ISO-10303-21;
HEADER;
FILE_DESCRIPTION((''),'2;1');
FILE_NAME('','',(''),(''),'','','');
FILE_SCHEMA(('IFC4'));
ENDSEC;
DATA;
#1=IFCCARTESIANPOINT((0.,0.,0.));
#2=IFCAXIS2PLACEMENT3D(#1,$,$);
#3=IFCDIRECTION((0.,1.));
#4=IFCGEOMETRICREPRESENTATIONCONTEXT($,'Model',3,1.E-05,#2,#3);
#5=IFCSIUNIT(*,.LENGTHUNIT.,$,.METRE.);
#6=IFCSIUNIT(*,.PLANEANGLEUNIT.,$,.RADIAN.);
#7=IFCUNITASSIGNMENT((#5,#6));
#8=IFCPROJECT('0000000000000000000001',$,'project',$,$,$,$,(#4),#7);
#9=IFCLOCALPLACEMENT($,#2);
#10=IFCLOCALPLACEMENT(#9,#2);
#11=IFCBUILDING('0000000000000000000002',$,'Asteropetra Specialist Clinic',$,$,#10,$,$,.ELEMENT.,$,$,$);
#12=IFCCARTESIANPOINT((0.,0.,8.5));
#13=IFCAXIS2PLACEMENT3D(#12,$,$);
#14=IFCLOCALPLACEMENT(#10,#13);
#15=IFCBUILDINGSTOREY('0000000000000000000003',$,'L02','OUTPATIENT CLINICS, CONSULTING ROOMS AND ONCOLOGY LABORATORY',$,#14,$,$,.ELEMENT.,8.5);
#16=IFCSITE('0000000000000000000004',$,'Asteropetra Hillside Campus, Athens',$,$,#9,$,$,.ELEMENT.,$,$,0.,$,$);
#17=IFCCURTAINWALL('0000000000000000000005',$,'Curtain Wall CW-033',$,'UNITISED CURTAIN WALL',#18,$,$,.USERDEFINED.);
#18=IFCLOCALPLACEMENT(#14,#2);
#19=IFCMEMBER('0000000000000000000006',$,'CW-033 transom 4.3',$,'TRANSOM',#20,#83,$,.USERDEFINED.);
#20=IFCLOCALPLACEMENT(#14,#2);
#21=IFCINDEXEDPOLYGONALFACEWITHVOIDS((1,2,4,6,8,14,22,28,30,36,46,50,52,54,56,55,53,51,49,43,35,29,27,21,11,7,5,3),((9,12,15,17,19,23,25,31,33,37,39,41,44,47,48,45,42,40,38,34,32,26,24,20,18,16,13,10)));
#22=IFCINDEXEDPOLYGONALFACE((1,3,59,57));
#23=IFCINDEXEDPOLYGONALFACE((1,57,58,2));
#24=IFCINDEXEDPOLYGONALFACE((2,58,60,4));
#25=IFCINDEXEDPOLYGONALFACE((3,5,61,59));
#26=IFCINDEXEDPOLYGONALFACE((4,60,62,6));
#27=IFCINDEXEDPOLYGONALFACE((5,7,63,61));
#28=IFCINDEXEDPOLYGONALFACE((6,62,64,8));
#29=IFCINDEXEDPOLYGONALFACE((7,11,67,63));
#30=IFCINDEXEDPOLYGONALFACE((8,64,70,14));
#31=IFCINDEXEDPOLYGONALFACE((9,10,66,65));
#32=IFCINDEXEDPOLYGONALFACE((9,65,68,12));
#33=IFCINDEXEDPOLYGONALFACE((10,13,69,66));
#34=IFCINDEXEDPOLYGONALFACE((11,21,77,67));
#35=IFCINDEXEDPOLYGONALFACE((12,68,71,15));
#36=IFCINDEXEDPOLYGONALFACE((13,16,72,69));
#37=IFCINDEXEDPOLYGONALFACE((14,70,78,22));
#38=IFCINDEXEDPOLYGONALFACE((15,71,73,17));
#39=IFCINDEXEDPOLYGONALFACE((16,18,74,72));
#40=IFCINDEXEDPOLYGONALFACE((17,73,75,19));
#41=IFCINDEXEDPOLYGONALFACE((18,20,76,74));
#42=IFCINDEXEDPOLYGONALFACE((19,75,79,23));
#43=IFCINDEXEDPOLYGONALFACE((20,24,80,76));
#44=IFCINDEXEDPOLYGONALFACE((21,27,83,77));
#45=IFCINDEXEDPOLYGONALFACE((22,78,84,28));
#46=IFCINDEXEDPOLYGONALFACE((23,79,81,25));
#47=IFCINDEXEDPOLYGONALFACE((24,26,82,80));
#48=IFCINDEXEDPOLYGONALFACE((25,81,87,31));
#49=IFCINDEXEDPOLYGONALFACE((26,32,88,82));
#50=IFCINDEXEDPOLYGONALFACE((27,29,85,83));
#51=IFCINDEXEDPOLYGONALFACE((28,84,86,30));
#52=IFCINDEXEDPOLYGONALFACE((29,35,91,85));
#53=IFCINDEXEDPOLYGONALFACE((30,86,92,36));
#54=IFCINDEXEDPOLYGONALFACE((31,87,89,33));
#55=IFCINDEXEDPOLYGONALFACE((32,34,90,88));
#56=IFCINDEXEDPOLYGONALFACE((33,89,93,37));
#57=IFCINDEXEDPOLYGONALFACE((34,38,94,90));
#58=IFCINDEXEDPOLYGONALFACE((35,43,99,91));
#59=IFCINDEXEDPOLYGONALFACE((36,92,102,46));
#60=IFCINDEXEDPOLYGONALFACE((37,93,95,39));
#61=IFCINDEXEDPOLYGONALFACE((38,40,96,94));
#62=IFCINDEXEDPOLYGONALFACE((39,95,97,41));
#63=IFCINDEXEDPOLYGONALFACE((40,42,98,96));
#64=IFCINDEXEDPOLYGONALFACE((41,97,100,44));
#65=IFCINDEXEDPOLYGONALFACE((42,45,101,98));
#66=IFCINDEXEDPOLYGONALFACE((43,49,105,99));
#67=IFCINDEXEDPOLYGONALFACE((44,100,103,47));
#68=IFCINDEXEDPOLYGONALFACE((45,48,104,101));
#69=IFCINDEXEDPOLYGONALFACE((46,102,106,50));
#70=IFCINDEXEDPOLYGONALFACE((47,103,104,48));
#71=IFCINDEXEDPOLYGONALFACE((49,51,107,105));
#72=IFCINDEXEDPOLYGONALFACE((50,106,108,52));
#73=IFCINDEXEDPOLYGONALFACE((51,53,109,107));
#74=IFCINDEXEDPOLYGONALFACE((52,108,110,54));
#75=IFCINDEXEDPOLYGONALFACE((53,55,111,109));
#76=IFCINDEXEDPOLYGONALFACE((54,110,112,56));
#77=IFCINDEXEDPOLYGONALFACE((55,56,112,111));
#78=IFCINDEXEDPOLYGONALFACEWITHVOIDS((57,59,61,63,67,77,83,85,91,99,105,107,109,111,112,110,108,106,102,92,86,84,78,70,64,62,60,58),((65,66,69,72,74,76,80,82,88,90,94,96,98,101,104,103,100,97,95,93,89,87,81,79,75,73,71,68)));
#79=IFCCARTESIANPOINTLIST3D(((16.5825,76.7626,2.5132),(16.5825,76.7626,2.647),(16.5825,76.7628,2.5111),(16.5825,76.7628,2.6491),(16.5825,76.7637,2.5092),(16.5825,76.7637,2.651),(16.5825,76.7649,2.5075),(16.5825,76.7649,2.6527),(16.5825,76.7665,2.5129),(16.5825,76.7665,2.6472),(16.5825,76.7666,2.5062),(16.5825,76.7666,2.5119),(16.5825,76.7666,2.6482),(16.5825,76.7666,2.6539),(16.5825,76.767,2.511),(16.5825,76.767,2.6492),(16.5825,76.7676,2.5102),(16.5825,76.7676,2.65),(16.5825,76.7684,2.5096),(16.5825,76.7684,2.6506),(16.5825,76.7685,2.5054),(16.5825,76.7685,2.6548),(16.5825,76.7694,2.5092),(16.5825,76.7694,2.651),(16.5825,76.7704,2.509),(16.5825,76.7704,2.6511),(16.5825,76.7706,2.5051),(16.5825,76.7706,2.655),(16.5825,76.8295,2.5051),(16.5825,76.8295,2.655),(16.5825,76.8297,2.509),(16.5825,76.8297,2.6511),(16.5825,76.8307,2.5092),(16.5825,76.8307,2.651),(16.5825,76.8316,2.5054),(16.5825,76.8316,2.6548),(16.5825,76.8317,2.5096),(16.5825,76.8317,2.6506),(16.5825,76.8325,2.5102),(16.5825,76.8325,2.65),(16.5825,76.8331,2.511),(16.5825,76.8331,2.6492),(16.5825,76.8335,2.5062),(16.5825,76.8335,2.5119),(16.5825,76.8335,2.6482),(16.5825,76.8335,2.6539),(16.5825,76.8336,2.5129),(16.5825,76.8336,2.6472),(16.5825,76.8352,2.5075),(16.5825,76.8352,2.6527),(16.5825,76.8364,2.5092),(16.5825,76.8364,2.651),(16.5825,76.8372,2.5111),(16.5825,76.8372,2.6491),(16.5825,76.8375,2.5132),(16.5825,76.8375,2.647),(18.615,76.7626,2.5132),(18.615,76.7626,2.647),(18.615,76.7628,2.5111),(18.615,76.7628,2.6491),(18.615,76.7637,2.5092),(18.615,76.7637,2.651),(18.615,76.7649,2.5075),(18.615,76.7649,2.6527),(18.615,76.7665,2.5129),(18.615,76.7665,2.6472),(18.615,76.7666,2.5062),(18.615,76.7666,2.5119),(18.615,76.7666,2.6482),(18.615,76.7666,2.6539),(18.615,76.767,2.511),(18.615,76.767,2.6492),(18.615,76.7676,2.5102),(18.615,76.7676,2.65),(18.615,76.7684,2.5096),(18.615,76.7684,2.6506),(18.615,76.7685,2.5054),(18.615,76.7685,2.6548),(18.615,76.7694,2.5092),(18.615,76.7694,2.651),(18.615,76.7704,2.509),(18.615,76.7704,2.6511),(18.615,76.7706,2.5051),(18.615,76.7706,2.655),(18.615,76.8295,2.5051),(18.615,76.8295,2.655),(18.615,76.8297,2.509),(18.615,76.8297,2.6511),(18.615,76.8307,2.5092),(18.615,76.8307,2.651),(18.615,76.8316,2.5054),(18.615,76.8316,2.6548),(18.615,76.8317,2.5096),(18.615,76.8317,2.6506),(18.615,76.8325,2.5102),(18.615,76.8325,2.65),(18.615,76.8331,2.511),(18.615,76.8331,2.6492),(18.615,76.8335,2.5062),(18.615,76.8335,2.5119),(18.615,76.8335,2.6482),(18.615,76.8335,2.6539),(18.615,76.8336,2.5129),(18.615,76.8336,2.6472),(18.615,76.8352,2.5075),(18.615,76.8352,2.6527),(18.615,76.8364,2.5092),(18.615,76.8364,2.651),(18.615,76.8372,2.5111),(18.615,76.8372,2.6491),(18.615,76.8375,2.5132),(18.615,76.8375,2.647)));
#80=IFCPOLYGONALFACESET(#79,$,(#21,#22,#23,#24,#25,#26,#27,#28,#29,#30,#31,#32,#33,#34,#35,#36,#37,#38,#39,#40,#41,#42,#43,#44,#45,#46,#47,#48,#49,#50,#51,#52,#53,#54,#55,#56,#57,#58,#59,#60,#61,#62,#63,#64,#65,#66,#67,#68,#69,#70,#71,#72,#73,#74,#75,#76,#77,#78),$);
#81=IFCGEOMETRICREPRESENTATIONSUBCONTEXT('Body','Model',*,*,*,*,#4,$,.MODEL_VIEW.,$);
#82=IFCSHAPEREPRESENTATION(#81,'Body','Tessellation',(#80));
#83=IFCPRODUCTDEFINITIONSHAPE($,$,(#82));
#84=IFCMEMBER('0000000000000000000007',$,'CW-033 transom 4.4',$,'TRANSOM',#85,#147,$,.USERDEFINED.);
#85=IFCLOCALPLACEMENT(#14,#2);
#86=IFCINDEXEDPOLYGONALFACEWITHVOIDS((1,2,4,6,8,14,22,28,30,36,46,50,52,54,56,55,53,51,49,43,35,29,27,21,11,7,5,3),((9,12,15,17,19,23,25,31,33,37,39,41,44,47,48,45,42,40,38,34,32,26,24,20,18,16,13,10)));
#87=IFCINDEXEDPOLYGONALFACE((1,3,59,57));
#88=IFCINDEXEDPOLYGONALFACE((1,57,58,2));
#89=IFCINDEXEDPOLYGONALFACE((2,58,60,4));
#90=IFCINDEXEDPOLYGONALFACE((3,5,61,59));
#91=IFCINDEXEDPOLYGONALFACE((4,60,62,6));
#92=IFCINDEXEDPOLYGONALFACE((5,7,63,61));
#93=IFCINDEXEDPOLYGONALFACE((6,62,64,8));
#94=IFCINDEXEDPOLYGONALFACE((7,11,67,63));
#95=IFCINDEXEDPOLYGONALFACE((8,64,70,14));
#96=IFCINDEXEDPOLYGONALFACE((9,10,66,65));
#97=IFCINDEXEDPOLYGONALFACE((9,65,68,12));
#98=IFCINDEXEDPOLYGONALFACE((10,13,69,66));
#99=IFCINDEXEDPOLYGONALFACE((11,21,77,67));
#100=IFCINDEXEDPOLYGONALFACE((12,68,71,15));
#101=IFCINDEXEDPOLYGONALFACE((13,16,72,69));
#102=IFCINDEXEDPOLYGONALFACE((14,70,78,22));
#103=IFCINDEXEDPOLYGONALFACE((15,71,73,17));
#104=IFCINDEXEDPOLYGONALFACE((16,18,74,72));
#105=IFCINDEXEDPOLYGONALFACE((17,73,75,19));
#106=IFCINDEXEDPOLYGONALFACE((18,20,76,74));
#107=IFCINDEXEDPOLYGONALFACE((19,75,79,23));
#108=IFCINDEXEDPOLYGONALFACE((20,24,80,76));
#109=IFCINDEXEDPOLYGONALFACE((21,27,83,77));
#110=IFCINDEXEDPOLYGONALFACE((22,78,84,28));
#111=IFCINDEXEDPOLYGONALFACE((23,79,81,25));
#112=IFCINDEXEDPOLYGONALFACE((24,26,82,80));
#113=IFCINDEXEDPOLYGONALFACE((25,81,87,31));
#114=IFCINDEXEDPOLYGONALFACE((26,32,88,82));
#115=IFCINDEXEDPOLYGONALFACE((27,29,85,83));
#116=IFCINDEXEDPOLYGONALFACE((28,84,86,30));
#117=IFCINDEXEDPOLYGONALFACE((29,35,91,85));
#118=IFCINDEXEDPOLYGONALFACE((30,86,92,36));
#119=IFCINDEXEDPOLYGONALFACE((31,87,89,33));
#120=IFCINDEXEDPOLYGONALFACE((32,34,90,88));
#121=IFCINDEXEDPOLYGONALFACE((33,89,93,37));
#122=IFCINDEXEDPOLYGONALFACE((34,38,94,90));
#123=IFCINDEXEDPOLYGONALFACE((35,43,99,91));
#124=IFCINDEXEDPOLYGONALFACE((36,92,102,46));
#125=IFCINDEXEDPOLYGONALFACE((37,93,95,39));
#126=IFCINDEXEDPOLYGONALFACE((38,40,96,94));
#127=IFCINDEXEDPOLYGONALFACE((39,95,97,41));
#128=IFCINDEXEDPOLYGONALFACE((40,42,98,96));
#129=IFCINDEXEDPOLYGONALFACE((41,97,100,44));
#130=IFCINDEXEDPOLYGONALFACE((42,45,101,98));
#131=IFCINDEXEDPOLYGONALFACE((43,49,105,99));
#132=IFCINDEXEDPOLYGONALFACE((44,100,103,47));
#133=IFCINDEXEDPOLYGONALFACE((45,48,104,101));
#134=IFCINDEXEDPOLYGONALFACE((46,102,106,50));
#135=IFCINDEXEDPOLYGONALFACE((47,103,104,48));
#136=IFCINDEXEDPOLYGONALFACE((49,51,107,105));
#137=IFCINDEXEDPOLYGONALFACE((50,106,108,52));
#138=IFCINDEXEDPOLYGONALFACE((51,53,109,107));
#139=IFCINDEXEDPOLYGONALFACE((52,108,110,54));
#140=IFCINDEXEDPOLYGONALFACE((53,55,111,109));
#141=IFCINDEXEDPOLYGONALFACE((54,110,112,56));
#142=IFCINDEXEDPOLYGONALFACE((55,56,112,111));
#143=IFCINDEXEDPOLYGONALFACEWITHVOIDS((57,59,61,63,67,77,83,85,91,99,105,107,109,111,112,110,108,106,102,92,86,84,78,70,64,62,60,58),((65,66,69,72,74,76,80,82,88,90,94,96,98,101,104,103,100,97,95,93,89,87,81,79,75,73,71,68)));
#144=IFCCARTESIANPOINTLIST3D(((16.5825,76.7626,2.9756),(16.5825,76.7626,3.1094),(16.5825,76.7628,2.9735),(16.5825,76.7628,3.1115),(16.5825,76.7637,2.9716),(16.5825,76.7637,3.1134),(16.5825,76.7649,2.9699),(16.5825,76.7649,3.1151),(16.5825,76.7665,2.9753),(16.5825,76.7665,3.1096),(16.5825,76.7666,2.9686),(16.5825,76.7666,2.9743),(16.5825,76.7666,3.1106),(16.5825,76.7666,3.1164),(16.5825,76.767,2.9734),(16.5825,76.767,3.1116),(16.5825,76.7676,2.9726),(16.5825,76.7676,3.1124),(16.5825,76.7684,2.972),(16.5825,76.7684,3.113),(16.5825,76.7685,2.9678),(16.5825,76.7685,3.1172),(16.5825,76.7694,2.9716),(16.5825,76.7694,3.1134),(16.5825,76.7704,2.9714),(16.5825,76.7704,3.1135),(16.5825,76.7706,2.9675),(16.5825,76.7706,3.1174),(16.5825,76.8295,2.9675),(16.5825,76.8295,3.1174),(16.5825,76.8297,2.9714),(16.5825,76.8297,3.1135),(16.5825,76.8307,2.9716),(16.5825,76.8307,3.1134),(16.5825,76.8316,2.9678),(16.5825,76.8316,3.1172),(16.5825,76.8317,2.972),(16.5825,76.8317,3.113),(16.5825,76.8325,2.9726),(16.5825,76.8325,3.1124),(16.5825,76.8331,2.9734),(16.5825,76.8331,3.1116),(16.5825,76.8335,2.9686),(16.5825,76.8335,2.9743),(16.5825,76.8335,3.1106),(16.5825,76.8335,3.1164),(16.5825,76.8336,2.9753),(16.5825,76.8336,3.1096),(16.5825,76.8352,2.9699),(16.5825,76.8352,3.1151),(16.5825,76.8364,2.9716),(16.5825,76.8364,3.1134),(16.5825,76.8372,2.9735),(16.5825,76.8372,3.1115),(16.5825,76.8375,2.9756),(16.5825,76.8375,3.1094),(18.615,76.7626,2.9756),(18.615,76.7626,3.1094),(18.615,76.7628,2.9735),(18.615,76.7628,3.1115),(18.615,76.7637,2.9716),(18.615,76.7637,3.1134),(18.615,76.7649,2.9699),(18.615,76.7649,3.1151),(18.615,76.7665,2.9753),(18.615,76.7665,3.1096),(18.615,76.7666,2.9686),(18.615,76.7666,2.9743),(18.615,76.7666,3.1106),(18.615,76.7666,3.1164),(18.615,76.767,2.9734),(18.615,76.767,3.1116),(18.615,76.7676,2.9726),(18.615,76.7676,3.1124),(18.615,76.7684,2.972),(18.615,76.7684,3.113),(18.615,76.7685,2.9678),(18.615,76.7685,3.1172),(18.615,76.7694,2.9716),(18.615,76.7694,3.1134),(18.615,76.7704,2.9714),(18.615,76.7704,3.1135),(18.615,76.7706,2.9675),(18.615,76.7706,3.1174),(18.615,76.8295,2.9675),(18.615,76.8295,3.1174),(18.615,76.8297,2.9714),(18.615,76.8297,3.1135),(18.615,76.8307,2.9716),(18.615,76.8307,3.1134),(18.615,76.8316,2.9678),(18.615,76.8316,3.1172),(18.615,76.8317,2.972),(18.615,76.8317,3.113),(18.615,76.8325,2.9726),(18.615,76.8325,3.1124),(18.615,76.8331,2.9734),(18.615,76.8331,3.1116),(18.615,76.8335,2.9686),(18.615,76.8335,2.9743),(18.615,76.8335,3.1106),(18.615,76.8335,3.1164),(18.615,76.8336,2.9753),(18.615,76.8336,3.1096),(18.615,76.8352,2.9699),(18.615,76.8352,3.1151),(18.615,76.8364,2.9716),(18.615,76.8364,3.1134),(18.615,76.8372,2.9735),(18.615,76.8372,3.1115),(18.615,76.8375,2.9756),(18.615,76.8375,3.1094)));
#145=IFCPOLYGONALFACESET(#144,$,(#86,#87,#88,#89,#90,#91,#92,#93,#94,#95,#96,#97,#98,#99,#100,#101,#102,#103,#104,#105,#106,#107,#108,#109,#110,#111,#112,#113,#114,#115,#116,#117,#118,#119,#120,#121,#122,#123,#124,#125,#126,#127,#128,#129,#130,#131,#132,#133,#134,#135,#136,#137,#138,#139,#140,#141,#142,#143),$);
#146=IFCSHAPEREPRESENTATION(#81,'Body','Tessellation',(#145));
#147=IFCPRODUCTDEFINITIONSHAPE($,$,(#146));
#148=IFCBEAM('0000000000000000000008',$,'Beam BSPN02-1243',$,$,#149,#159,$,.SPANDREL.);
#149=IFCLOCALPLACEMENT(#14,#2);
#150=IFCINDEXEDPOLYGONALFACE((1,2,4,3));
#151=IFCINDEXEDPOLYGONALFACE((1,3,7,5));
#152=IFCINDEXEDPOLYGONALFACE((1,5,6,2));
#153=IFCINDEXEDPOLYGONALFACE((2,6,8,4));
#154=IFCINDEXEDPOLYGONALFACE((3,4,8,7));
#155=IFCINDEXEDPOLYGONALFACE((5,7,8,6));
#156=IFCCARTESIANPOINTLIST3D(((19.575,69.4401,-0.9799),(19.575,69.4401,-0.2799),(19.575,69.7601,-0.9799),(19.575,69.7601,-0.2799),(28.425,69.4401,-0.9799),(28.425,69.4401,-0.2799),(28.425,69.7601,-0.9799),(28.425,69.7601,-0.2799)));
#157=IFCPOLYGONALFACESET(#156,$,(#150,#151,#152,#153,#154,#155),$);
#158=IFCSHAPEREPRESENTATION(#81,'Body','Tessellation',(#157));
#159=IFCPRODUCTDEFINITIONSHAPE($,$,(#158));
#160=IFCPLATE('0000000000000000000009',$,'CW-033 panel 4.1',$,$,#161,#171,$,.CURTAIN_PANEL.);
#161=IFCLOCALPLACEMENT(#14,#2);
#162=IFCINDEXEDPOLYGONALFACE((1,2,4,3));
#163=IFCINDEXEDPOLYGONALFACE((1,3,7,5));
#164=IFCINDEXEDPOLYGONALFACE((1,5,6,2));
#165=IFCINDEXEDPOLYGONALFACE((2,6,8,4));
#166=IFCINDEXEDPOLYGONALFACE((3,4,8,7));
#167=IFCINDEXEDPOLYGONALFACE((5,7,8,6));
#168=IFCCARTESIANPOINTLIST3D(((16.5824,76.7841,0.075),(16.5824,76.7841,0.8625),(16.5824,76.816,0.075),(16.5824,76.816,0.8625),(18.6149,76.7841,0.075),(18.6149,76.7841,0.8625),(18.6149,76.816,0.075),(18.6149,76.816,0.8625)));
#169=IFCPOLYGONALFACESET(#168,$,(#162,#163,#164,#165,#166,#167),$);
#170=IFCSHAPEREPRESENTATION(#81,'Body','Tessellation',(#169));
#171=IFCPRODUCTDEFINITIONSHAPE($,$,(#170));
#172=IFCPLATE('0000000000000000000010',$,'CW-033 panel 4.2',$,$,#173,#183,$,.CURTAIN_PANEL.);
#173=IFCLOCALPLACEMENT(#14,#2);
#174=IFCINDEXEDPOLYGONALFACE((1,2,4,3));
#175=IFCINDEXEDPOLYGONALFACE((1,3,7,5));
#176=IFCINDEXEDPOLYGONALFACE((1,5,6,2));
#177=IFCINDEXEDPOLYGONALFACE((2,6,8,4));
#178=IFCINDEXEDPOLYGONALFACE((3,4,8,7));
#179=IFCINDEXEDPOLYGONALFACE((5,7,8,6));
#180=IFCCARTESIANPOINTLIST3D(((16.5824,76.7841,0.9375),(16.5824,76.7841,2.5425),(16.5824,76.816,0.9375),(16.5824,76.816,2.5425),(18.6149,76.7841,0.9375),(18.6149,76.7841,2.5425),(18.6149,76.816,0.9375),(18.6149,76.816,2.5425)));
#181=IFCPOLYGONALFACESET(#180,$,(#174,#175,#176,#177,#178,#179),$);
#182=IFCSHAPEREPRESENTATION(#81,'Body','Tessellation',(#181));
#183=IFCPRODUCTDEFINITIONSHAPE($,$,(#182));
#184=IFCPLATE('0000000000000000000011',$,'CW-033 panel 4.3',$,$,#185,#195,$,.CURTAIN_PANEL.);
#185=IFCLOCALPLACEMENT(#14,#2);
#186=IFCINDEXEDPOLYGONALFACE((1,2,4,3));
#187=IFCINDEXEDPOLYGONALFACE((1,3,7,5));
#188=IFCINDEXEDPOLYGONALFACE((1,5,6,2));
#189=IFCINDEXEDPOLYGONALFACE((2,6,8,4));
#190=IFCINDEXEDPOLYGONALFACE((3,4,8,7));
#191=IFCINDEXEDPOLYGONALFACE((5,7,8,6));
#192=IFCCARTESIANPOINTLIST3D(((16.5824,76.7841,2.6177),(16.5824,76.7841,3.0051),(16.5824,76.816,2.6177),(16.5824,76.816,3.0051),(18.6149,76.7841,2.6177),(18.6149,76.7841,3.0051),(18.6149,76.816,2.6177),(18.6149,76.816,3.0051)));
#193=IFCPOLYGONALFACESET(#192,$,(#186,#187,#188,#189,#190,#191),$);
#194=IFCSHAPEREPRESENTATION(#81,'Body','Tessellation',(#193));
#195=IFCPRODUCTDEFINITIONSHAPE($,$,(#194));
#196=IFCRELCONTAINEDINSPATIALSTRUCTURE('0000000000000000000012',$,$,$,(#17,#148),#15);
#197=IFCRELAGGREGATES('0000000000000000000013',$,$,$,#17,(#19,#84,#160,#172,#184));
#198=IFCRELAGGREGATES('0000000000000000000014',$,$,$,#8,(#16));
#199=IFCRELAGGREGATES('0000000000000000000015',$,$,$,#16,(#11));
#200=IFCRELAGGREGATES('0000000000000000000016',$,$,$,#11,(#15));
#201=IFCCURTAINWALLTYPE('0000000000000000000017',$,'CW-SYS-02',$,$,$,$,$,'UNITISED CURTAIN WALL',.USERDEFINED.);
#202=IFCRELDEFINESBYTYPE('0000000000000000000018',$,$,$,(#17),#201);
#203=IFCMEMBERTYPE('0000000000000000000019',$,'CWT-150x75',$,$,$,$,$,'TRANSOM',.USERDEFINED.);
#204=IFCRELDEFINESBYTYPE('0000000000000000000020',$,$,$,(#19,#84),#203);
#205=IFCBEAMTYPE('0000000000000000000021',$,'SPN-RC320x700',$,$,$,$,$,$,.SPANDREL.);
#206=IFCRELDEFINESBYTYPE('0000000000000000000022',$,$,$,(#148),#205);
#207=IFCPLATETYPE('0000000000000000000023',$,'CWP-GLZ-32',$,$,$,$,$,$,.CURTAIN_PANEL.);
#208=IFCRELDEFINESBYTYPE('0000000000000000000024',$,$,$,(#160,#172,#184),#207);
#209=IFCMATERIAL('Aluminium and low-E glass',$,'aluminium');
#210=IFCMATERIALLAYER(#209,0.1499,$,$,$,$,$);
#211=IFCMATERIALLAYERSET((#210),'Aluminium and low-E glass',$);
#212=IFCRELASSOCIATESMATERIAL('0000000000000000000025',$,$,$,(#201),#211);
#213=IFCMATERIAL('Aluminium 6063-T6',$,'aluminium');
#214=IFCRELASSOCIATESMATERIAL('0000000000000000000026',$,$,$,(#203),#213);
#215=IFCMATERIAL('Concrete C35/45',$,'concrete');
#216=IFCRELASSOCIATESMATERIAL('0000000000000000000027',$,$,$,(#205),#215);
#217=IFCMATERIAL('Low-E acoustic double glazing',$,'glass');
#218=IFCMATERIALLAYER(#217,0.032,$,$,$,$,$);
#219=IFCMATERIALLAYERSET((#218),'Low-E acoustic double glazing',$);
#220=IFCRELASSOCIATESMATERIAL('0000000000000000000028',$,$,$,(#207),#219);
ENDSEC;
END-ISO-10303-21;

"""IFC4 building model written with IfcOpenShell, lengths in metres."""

from ifc_helpers import new_model, si_unit, direction, frame, origin, origin_2d, place, context, subcontext, project, spatial, rectangle, hollow_rectangle, extrude, material, layer, layer_set, material_profile, profile_set, type_object, element, aggregate, save


model = new_model("IFC4")

# Units and contexts
model_context = context("Model", 3, precision=1e-05, world=origin(), true_north=direction((0.0, 1.0)))
body_context = subcontext(model_context, "Body", "Model", "MODEL_VIEW")
ifc_project = project(units=[si_unit("LENGTHUNIT", "METRE"), si_unit("PLANEANGLEUNIT", "RADIAN")], contexts=[model_context])

# Site, building, storey
site_placement = place(None, origin())
site = spatial("IfcSite", under=ifc_project, at=site_placement, Name="Asteropetra Hillside Campus, Athens", CompositionType="ELEMENT", RefElevation=0.0)
building_placement = place(site_placement, origin())
building = spatial("IfcBuilding", under=site, at=building_placement, Name="Asteropetra Specialist Clinic", CompositionType="ELEMENT")
storey_placement = place(building_placement, frame((0.0, 0.0, 8.5)))
storey = spatial("IfcBuildingStorey", under=building, at=storey_placement, Name="L02", Description="OUTPATIENT CLINICS, CONSULTING ROOMS AND ONCOLOGY LABORATORY", CompositionType="ELEMENT", Elevation=8.5)

# Curtain wall
ifc_material_1 = material(Name="Aluminium and low-E glass", Category="aluminium")
ifc_layer_1 = layer(ifc_material_1, 0.1499)
ifc_layer_set_1 = layer_set([ifc_layer_1], Name="Aluminium and low-E glass")
curtain_wall_type_1 = type_object("IfcCurtainWallType", Name="CW-SYS-02", ElementType="UNITISED CURTAIN WALL", PredefinedType="USERDEFINED", material=ifc_layer_set_1)
curtain_wall_1_placement = place(storey_placement, origin())
curtain_wall_1 = element("IfcCurtainWall", 1, at=curtain_wall_1_placement, inside=storey, type_object=curtain_wall_type_1, Name="Curtain Wall CW-033", ObjectType="UNITISED CURTAIN WALL", PredefinedType="USERDEFINED")

# Members
ifc_material_2 = material(Name="Aluminium 6063-T6", Category="aluminium")
ifc_material_profile_1 = material_profile(ifc_material_2, hollow_rectangle(XDim=0.075, YDim=0.1499, WallThickness=0.0039, InnerFilletRadius=0.0039, OuterFilletRadius=0.0081, at=origin_2d()), Name="TRN 150x75x4.0")
ifc_profile_set_1 = profile_set([ifc_material_profile_1], Name="Aluminium 6063-T6")
member_type_1 = type_object("IfcMemberType", Name="CWT-150x75", ElementType="TRANSOM", PredefinedType="USERDEFINED", material=ifc_profile_set_1)
member_1_placement = place(storey_placement, frame((16.5825, 76.8, 2.5801), z_axis=(1.0, 0.0, 0.0), x_axis=(0.0, 1.0, 0.0)))
member_1 = element("IfcMember", 2, at=member_1_placement, type_object=member_type_1, Name="CW-033 transom 4.3", ObjectType="TRANSOM", PredefinedType="USERDEFINED", context=body_context, shape_type="SweptSolid", body=[
    extrude(hollow_rectangle(XDim=0.075, YDim=0.1499, WallThickness=0.0039, InnerFilletRadius=0.0039, OuterFilletRadius=0.0081, at=origin_2d()), origin(), (0.0, 0.0, 1.0), 2.0325),
])
member_2_placement = place(storey_placement, frame((16.5825, 76.8, 3.0425), z_axis=(1.0, 0.0, 0.0), x_axis=(0.0, 1.0, 0.0)))
member_2 = element("IfcMember", 3, at=member_2_placement, type_object=member_type_1, Name="CW-033 transom 4.4", ObjectType="TRANSOM", PredefinedType="USERDEFINED", context=body_context, shape_type="SweptSolid", body=[
    extrude(hollow_rectangle(XDim=0.075, YDim=0.1499, WallThickness=0.0039, InnerFilletRadius=0.0039, OuterFilletRadius=0.0081, at=origin_2d()), origin(), (0.0, 0.0, 1.0), 2.0325),
])

# Beam
ifc_material_3 = material(Name="Concrete C35/45", Category="concrete")
ifc_material_profile_2 = material_profile(ifc_material_3, rectangle(XDim=0.3201, YDim=0.7, at=origin_2d()), Name="RCS 320x700")
ifc_profile_set_2 = profile_set([ifc_material_profile_2], Name="Concrete C35/45")
beam_type_1 = type_object("IfcBeamType", Name="SPN-RC320x700", PredefinedType="SPANDREL", material=ifc_profile_set_2)
beam_1_placement = place(storey_placement, frame((19.575, 69.6001, -0.6299), z_axis=(1.0, 0.0, 0.0), x_axis=(0.0, 1.0, 0.0)))
element("IfcBeam", 4, at=beam_1_placement, inside=storey, type_object=beam_type_1, Name="Beam BSPN02-1243", PredefinedType="SPANDREL", context=body_context, shape_type="SweptSolid", body=[
    extrude(rectangle(XDim=0.3201, YDim=0.7, at=origin_2d()), origin(), (0.0, 0.0, 1.0), 8.8501),
])

# Plates
ifc_material_4 = material(Name="Low-E acoustic double glazing", Category="glass")
ifc_layer_2 = layer(ifc_material_4, 0.032)
ifc_layer_set_2 = layer_set([ifc_layer_2], Name="Low-E acoustic double glazing")
plate_type_1 = type_object("IfcPlateType", Name="CWP-GLZ-32", PredefinedType="CURTAIN_PANEL", material=ifc_layer_set_2)
plate_1_placement = place(storey_placement, frame((17.5986, 76.8, 0.075), z_axis=(0.0, 0.0, 1.0), x_axis=(1.0, 0.0, 0.0)))
plate_1 = element("IfcPlate", 5, at=plate_1_placement, type_object=plate_type_1, Name="CW-033 panel 4.1", PredefinedType="CURTAIN_PANEL", context=body_context, shape_type="SweptSolid", body=[
    extrude(rectangle(XDim=2.0325, YDim=0.032, at=origin_2d()), origin(), (0.0, 0.0, 1.0), 0.7876),
])
plate_2_placement = place(storey_placement, frame((17.5986, 76.8, 0.9375), z_axis=(0.0, 0.0, 1.0), x_axis=(1.0, 0.0, 0.0)))
plate_2 = element("IfcPlate", 6, at=plate_2_placement, type_object=plate_type_1, Name="CW-033 panel 4.2", PredefinedType="CURTAIN_PANEL", context=body_context, shape_type="SweptSolid", body=[
    extrude(rectangle(XDim=2.0325, YDim=0.032, at=origin_2d()), origin(), (0.0, 0.0, 1.0), 1.605),
])
plate_3_placement = place(storey_placement, frame((17.5986, 76.8, 2.6177), z_axis=(0.0, 0.0, 1.0), x_axis=(1.0, 0.0, 0.0)))
plate_3 = element("IfcPlate", 7, at=plate_3_placement, type_object=plate_type_1, Name="CW-033 panel 4.3", PredefinedType="CURTAIN_PANEL", context=body_context, shape_type="SweptSolid", body=[
    extrude(rectangle(XDim=2.0325, YDim=0.032, at=origin_2d()), origin(), (0.0, 0.0, 1.0), 0.3875),
])
aggregate(curtain_wall_1, [member_1, member_2, plate_1, plate_2, plate_3])

save(model, "model.ifc")
